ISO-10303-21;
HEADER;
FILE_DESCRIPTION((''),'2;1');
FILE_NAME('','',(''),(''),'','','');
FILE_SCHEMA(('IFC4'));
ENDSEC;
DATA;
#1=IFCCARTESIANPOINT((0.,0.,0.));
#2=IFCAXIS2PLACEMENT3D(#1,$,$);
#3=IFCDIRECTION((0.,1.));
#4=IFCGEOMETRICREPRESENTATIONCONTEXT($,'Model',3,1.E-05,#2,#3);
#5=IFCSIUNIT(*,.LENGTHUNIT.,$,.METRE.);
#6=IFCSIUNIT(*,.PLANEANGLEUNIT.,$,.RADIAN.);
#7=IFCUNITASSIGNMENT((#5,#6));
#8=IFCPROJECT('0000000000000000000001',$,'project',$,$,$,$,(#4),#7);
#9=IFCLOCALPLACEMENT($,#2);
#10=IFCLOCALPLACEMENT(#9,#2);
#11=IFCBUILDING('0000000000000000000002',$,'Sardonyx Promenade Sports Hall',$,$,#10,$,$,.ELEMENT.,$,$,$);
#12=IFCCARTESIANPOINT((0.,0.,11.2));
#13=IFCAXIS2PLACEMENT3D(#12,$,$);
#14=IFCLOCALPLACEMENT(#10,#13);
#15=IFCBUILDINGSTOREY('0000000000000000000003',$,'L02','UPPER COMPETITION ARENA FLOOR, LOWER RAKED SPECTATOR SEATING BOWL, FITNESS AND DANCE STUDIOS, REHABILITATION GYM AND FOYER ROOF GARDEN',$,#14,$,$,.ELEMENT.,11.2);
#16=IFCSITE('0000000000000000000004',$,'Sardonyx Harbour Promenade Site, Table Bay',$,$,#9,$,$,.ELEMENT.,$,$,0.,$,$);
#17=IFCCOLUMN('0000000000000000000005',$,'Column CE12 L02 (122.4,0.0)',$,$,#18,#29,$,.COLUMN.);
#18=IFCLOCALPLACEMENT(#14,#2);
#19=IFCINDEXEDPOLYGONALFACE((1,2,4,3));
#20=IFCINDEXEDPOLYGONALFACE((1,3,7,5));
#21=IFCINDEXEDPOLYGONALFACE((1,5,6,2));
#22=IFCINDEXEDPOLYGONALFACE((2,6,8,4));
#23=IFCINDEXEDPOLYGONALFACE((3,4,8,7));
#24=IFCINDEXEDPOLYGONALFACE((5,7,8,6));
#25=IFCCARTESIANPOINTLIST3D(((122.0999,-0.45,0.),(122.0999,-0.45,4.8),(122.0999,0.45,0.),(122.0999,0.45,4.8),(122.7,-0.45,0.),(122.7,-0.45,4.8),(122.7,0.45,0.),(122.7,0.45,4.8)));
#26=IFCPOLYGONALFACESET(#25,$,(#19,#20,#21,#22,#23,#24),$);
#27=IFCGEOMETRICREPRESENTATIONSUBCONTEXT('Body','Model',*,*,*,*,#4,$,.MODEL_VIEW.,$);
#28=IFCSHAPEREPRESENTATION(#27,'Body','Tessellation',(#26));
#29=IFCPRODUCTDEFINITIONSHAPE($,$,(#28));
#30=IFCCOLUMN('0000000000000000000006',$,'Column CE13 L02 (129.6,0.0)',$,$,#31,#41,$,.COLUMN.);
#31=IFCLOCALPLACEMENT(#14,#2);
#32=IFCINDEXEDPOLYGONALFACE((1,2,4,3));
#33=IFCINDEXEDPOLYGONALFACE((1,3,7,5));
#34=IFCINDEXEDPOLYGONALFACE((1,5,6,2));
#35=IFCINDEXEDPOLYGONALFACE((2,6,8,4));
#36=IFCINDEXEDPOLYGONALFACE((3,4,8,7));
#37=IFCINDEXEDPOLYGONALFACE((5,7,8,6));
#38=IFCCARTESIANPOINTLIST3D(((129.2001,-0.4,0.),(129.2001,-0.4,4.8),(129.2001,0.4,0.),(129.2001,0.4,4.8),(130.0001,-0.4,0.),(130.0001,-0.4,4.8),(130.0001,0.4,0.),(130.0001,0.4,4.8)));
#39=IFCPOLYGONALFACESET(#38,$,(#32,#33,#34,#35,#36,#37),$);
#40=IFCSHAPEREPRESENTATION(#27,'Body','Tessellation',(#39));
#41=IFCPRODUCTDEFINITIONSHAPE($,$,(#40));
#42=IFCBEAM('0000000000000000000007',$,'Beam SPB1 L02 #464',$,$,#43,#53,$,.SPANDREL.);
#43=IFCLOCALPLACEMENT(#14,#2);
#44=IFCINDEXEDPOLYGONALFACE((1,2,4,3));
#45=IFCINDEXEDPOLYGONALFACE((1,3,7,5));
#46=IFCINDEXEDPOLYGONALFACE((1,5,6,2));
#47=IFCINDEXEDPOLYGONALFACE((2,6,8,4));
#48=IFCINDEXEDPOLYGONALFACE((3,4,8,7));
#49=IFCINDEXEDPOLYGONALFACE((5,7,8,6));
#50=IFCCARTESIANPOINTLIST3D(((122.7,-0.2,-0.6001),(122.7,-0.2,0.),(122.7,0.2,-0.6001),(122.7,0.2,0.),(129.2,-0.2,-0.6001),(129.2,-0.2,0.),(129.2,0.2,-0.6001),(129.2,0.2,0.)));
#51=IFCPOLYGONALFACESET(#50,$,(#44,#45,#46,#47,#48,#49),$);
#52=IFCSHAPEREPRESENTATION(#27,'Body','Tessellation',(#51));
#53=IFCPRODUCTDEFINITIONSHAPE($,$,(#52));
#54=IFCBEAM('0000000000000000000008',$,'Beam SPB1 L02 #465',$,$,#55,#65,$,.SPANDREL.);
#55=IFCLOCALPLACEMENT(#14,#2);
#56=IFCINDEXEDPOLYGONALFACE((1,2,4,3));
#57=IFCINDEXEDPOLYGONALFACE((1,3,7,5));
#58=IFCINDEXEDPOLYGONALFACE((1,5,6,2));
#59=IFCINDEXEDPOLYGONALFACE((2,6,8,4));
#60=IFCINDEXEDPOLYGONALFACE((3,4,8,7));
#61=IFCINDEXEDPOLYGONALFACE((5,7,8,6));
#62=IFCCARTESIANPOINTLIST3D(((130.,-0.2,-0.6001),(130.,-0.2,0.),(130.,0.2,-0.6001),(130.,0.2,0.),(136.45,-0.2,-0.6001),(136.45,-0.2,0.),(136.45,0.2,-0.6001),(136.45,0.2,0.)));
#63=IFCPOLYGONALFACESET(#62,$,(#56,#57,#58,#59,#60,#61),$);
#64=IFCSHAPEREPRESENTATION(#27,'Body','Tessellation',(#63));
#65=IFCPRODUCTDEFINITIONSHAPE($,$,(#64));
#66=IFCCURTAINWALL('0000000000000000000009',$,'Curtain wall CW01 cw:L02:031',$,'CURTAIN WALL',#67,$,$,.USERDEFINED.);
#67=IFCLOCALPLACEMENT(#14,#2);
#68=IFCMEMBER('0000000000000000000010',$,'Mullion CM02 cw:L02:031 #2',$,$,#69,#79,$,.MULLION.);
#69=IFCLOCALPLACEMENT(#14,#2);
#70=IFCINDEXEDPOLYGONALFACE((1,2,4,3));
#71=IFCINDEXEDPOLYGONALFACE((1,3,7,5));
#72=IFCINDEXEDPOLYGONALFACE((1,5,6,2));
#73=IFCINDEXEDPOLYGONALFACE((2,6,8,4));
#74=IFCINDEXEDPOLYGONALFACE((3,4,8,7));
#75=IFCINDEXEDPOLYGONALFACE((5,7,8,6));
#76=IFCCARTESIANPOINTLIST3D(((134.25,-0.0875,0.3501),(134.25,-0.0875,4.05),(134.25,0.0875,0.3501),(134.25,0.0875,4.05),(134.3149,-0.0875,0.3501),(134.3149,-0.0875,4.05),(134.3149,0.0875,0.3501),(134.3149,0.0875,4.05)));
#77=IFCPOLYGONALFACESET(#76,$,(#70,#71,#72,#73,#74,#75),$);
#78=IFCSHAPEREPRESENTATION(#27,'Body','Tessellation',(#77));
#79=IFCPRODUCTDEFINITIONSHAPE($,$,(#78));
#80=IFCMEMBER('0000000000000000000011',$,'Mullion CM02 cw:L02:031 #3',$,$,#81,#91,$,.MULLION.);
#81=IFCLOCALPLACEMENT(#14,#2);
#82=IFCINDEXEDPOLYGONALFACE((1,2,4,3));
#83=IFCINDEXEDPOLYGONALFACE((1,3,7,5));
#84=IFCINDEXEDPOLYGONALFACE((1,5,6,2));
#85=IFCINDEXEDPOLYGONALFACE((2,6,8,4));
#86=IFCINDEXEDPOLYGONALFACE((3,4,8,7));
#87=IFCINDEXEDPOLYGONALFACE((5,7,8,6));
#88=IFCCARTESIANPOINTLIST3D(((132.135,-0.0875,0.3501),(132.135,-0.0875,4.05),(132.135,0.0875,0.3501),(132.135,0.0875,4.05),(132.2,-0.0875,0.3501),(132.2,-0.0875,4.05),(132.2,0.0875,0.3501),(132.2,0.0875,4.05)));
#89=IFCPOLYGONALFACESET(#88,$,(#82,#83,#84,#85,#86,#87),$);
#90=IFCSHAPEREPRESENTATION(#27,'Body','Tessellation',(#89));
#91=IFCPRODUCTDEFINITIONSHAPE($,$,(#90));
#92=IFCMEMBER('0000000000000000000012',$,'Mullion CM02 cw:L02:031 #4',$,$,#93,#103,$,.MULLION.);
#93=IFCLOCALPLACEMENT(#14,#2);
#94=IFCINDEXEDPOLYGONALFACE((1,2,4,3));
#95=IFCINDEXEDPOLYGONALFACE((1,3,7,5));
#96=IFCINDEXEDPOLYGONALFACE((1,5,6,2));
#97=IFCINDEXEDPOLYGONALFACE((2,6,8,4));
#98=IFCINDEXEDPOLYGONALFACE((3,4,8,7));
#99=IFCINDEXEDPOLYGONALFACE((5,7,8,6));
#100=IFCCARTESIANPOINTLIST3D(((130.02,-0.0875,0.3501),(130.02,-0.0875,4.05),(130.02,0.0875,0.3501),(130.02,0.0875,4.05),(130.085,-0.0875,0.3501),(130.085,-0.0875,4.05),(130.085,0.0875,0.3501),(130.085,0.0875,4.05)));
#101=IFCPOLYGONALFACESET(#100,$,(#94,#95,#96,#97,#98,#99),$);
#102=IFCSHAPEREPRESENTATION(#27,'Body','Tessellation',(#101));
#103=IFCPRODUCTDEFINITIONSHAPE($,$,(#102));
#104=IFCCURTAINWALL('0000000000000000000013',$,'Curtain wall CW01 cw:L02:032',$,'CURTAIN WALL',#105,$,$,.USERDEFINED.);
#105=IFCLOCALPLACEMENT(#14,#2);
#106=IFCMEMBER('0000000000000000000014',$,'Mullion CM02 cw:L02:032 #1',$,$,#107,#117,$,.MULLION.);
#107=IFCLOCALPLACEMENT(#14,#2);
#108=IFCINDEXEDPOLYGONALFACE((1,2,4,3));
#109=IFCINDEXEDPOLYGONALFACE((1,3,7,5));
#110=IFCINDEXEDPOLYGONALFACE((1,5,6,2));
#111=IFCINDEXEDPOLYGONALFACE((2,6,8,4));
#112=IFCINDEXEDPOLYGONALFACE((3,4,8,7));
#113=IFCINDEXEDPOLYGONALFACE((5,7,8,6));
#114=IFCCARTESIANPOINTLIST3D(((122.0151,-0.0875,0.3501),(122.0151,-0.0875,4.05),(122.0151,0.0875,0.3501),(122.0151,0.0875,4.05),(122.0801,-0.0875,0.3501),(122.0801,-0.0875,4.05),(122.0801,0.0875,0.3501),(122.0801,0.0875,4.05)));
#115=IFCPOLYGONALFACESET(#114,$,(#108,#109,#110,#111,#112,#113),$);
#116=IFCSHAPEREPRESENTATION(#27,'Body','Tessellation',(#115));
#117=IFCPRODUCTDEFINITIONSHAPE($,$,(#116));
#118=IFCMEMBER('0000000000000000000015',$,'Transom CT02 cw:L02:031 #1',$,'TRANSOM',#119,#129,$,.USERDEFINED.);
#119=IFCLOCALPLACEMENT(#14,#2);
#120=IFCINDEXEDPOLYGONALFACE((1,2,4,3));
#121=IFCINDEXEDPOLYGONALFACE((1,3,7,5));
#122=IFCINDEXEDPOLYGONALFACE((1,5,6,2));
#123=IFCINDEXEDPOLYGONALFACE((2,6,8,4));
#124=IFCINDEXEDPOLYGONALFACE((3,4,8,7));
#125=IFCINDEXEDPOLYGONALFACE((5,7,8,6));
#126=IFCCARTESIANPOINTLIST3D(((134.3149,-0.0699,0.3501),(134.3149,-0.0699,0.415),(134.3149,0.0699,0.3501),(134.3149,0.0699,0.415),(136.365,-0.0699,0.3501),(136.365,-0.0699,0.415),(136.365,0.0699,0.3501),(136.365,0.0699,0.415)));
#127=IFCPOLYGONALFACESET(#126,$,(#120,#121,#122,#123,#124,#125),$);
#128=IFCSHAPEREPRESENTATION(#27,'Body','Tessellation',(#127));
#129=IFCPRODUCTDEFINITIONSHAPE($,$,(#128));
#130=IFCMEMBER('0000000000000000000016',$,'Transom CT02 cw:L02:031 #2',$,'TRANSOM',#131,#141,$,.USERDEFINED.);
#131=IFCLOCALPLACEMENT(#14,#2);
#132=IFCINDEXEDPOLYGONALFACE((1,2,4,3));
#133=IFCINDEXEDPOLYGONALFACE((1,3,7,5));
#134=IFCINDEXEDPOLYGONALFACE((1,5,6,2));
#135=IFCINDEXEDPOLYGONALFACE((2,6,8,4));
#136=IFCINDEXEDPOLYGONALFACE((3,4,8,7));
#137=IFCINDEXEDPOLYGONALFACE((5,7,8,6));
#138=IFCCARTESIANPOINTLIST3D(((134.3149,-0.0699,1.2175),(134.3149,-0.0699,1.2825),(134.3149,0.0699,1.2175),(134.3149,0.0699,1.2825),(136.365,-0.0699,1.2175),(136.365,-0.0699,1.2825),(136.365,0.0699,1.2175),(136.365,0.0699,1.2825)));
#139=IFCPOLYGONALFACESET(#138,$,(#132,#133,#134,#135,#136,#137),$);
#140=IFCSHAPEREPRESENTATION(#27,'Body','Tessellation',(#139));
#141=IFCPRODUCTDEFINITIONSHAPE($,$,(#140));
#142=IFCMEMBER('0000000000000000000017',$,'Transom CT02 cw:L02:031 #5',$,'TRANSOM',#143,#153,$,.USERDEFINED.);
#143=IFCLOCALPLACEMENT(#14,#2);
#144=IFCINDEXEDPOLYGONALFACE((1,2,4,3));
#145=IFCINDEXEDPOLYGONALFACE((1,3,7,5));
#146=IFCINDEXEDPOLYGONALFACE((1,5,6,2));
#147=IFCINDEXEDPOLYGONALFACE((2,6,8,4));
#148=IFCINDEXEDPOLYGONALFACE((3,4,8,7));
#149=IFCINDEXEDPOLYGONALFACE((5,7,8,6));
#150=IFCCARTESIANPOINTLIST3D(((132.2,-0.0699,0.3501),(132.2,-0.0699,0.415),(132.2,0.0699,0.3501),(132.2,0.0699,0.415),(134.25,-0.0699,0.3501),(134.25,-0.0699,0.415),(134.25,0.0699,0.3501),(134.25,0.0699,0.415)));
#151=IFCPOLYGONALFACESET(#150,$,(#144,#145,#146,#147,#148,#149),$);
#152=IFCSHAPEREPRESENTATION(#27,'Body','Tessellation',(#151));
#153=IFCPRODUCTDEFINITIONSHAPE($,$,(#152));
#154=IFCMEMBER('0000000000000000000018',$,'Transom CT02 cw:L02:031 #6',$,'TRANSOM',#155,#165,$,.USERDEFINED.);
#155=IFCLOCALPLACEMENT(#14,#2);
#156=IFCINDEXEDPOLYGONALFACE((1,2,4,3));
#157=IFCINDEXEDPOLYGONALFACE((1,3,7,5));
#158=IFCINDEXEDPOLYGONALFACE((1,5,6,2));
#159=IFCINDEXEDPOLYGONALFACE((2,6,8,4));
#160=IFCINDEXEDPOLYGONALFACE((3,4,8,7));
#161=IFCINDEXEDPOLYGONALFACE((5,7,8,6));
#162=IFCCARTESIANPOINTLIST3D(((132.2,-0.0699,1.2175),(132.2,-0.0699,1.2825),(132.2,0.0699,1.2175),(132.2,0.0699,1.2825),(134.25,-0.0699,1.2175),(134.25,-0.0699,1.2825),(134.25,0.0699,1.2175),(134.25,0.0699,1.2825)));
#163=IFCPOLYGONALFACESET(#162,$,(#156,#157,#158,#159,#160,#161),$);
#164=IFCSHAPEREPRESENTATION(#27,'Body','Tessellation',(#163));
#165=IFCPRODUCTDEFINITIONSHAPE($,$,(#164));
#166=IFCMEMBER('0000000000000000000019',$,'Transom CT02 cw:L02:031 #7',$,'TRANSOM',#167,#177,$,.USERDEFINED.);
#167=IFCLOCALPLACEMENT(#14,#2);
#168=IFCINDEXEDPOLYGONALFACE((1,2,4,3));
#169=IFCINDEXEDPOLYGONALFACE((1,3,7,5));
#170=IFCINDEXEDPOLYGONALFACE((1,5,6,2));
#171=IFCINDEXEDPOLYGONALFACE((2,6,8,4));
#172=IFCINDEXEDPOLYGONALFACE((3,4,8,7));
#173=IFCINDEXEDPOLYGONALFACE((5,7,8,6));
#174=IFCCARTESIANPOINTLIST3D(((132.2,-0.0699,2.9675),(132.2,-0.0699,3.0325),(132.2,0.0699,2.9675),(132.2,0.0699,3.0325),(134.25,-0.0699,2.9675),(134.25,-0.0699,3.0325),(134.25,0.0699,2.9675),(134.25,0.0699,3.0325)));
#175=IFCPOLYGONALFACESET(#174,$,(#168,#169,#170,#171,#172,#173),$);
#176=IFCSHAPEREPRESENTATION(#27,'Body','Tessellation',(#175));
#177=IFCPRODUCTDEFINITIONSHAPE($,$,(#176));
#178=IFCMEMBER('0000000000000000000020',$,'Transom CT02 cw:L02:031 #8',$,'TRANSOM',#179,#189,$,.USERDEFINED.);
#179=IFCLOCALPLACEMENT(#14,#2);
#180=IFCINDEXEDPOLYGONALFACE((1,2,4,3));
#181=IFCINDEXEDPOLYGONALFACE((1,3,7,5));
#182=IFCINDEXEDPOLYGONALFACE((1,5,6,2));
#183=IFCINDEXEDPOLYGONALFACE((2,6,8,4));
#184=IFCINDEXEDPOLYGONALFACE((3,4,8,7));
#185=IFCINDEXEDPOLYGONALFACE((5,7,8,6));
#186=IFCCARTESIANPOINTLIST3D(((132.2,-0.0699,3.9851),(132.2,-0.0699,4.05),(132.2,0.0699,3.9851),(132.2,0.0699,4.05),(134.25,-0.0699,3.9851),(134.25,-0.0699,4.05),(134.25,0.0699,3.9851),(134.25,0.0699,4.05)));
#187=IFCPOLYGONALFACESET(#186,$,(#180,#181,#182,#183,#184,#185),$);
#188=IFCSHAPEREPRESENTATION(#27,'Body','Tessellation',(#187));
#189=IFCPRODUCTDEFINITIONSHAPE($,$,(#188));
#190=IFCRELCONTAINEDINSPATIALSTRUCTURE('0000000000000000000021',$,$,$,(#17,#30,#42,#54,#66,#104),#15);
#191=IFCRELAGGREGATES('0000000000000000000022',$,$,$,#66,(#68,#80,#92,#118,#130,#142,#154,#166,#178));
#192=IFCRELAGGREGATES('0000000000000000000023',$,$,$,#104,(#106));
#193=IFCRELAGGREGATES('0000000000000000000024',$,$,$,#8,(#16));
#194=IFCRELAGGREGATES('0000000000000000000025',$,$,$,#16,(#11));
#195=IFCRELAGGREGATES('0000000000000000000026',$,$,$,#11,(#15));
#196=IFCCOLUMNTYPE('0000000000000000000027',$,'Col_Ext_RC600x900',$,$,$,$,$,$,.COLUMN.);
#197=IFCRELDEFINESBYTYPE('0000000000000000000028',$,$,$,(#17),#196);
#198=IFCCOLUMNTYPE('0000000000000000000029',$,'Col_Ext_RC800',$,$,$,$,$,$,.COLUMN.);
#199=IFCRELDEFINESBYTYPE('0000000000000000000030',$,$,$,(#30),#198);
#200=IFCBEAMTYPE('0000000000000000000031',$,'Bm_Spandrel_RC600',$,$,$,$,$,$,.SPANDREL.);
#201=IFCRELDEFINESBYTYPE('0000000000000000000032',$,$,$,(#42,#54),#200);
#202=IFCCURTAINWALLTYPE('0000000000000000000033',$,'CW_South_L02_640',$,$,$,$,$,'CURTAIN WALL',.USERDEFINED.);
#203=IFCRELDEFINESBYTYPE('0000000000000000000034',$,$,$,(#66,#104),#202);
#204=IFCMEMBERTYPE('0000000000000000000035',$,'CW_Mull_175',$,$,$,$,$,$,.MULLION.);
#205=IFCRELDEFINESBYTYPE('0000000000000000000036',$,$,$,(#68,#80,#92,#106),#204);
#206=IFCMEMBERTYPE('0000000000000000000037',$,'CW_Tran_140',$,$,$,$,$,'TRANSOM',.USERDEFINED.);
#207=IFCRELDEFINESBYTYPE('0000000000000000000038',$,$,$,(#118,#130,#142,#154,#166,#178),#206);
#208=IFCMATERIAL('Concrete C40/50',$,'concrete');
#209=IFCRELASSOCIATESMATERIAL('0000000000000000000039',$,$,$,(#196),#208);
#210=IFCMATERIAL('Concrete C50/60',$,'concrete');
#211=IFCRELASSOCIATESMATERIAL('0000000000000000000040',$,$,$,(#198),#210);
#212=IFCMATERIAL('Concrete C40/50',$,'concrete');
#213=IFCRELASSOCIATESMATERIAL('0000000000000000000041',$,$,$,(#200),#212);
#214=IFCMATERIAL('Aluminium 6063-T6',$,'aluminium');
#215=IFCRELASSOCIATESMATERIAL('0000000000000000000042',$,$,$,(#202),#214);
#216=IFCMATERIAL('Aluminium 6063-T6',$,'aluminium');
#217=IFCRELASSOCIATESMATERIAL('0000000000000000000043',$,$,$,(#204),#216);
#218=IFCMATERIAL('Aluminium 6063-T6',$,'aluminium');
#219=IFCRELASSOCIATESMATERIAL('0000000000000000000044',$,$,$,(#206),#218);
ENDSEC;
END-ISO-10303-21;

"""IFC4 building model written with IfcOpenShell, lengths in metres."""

from ifc_helpers import new_model, si_unit, direction, frame, origin, origin_2d, place, context, subcontext, project, spatial, rectangle, extrude, material, material_profile, profile_set, type_object, element, aggregate, save


model = new_model("IFC4")

# Units and contexts
model_context = context("Model", 3, precision=1e-05, world=origin(), true_north=direction((0.0, 1.0)))
body_context = subcontext(model_context, "Body", "Model", "MODEL_VIEW")
ifc_project = project(units=[si_unit("LENGTHUNIT", "METRE"), si_unit("PLANEANGLEUNIT", "RADIAN")], contexts=[model_context])

# Site, building, storey
site_placement = place(None, origin())
site = spatial("IfcSite", under=ifc_project, at=site_placement, Name="Sardonyx Harbour Promenade Site, Table Bay", CompositionType="ELEMENT", RefElevation=0.0)
building_placement = place(site_placement, origin())
building = spatial("IfcBuilding", under=site, at=building_placement, Name="Sardonyx Promenade Sports Hall", CompositionType="ELEMENT")
storey_placement = place(building_placement, frame((0.0, 0.0, 11.2)))
storey = spatial("IfcBuildingStorey", under=building, at=storey_placement, Name="L02", Description="UPPER COMPETITION ARENA FLOOR, LOWER RAKED SPECTATOR SEATING BOWL, FITNESS AND DANCE STUDIOS, REHABILITATION GYM AND FOYER ROOF GARDEN", CompositionType="ELEMENT", Elevation=11.2)

# Columns
ifc_material_1 = material(Name="Concrete C40/50", Category="concrete")
ifc_material_profile_1 = material_profile(ifc_material_1, rectangle(XDim=0.6001, YDim=0.8999, at=origin_2d()))
ifc_profile_set_1 = profile_set([ifc_material_profile_1], Name="Concrete C40/50")
column_type_1 = type_object("IfcColumnType", Name="Col_Ext_RC600x900", PredefinedType="COLUMN", material=ifc_profile_set_1)
column_1_placement = place(storey_placement, frame((122.3999, 0.0, 0.0), z_axis=(0.0, 0.0, 1.0), x_axis=(1.0, 0.0, 0.0)))
element("IfcColumn", 1, at=column_1_placement, inside=storey, type_object=column_type_1, Name="Column CE12 L02 (122.4,0.0)", PredefinedType="COLUMN", context=body_context, shape_type="SweptSolid", body=[
    extrude(rectangle(XDim=0.6001, YDim=0.8999, at=origin_2d()), origin(), (0.0, 0.0, 1.0), 4.8),
])
ifc_material_2 = material(Name="Concrete C50/60", Category="concrete")
ifc_material_profile_2 = material_profile(ifc_material_2, rectangle(XDim=0.8, YDim=0.8, at=origin_2d()))
ifc_profile_set_2 = profile_set([ifc_material_profile_2], Name="Concrete C50/60")
column_type_2 = type_object("IfcColumnType", Name="Col_Ext_RC800", PredefinedType="COLUMN", material=ifc_profile_set_2)
column_2_placement = place(storey_placement, frame((129.6001, 0.0, 0.0), z_axis=(0.0, 0.0, 1.0), x_axis=(1.0, 0.0, 0.0)))
element("IfcColumn", 2, at=column_2_placement, inside=storey, type_object=column_type_2, Name="Column CE13 L02 (129.6,0.0)", PredefinedType="COLUMN", context=body_context, shape_type="SweptSolid", body=[
    extrude(rectangle(XDim=0.8, YDim=0.8, at=origin_2d()), origin(), (0.0, 0.0, 1.0), 4.8),
])

# Beams
ifc_material_3 = material(Name="Concrete C40/50", Category="concrete")
ifc_material_profile_3 = material_profile(ifc_material_3, rectangle(XDim=0.3999, YDim=0.6001, at=origin_2d()))
ifc_profile_set_3 = profile_set([ifc_material_profile_3], Name="Concrete C40/50")
beam_type = type_object("IfcBeamType", Name="Bm_Spandrel_RC600", PredefinedType="SPANDREL", material=ifc_profile_set_3)
beam_1_placement = place(storey_placement, frame((122.7, 0.0, -0.3), z_axis=(1.0, 0.0, 0.0), x_axis=(0.0, 1.0, 0.0)))
element("IfcBeam", 3, at=beam_1_placement, inside=storey, type_object=beam_type, Name="Beam SPB1 L02 #464", PredefinedType="SPANDREL", context=body_context, shape_type="SweptSolid", body=[
    extrude(rectangle(XDim=0.3999, YDim=0.6001, at=origin_2d()), origin(), (0.0, 0.0, 1.0), 6.5),
])
beam_2_placement = place(storey_placement, frame((130.0, 0.0, -0.3), z_axis=(1.0, 0.0, 0.0), x_axis=(0.0, 1.0, 0.0)))
element("IfcBeam", 4, at=beam_2_placement, inside=storey, type_object=beam_type, Name="Beam SPB1 L02 #465", PredefinedType="SPANDREL", context=body_context, shape_type="SweptSolid", body=[
    extrude(rectangle(XDim=0.3999, YDim=0.6001, at=origin_2d()), origin(), (0.0, 0.0, 1.0), 6.45),
])

# Curtain wall, members
ifc_material_4 = material(Name="Aluminium 6063-T6", Category="aluminium")
curtain_wall_type = type_object("IfcCurtainWallType", Name="CW_South_L02_640", ElementType="CURTAIN WALL", PredefinedType="USERDEFINED", material=ifc_material_4)
curtain_wall_1_placement = place(storey_placement, origin())
curtain_wall_1 = element("IfcCurtainWall", 5, at=curtain_wall_1_placement, inside=storey, type_object=curtain_wall_type, Name="Curtain wall CW01 cw:L02:031", ObjectType="CURTAIN WALL", PredefinedType="USERDEFINED")
ifc_material_5 = material(Name="Aluminium 6063-T6", Category="aluminium")
ifc_material_profile_4 = material_profile(ifc_material_5, rectangle(XDim=0.0649, YDim=0.175, at=origin_2d()))
ifc_profile_set_4 = profile_set([ifc_material_profile_4], Name="Aluminium 6063-T6")
member_type_1 = type_object("IfcMemberType", Name="CW_Mull_175", PredefinedType="MULLION", material=ifc_profile_set_4)
member_1_placement = place(storey_placement, frame((134.2825, 0.0, 0.3501), z_axis=(0.0, 0.0, 1.0), x_axis=(-1.0, 0.0, 0.0)))
member_1 = element("IfcMember", 6, at=member_1_placement, type_object=member_type_1, Name="Mullion CM02 cw:L02:031 #2", PredefinedType="MULLION", context=body_context, shape_type="SweptSolid", body=[
    extrude(rectangle(XDim=0.0649, YDim=0.175, at=origin_2d()), origin(), (0.0, 0.0, 1.0), 3.7),
])
member_2_placement = place(storey_placement, frame((132.1675, 0.0, 0.3501), z_axis=(0.0, 0.0, 1.0), x_axis=(-1.0, 0.0, 0.0)))
member_2 = element("IfcMember", 7, at=member_2_placement, type_object=member_type_1, Name="Mullion CM02 cw:L02:031 #3", PredefinedType="MULLION", context=body_context, shape_type="SweptSolid", body=[
    extrude(rectangle(XDim=0.0649, YDim=0.175, at=origin_2d()), origin(), (0.0, 0.0, 1.0), 3.7),
])
member_3_placement = place(storey_placement, frame((130.0525, 0.0, 0.3501), z_axis=(0.0, 0.0, 1.0), x_axis=(-1.0, 0.0, 0.0)))
member_3 = element("IfcMember", 8, at=member_3_placement, type_object=member_type_1, Name="Mullion CM02 cw:L02:031 #4", PredefinedType="MULLION", context=body_context, shape_type="SweptSolid", body=[
    extrude(rectangle(XDim=0.0649, YDim=0.175, at=origin_2d()), origin(), (0.0, 0.0, 1.0), 3.7),
])

# Curtain wall, member
curtain_wall_2_placement = place(storey_placement, origin())
curtain_wall_2 = element("IfcCurtainWall", 9, at=curtain_wall_2_placement, inside=storey, type_object=curtain_wall_type, Name="Curtain wall CW01 cw:L02:032", ObjectType="CURTAIN WALL", PredefinedType="USERDEFINED")
member_4_placement = place(storey_placement, frame((122.0476, 0.0, 0.3501), z_axis=(0.0, 0.0, 1.0), x_axis=(-1.0, 0.0, 0.0)))
member_4 = element("IfcMember", 10, at=member_4_placement, type_object=member_type_1, Name="Mullion CM02 cw:L02:032 #1", PredefinedType="MULLION", context=body_context, shape_type="SweptSolid", body=[
    extrude(rectangle(XDim=0.0649, YDim=0.175, at=origin_2d()), origin(), (0.0, 0.0, 1.0), 3.7),
])

# Members
ifc_material_6 = material(Name="Aluminium 6063-T6", Category="aluminium")
ifc_material_profile_5 = material_profile(ifc_material_6, rectangle(XDim=0.0649, YDim=0.1399, at=origin_2d()))
ifc_profile_set_5 = profile_set([ifc_material_profile_5], Name="Aluminium 6063-T6")
member_type_2 = type_object("IfcMemberType", Name="CW_Tran_140", ElementType="TRANSOM", PredefinedType="USERDEFINED", material=ifc_profile_set_5)
member_5_placement = place(storey_placement, frame((136.365, 0.0, 0.3826), z_axis=(-1.0, 0.0, 0.0), x_axis=(0.0, 0.0, 1.0)))
member_5 = element("IfcMember", 11, at=member_5_placement, type_object=member_type_2, Name="Transom CT02 cw:L02:031 #1", ObjectType="TRANSOM", PredefinedType="USERDEFINED", context=body_context, shape_type="SweptSolid", body=[
    extrude(rectangle(XDim=0.0649, YDim=0.1399, at=origin_2d()), origin(), (0.0, 0.0, 1.0), 2.05),
])
member_6_placement = place(storey_placement, frame((136.365, 0.0, 1.25), z_axis=(-1.0, 0.0, 0.0), x_axis=(0.0, 0.0, 1.0)))
member_6 = element("IfcMember", 12, at=member_6_placement, type_object=member_type_2, Name="Transom CT02 cw:L02:031 #2", ObjectType="TRANSOM", PredefinedType="USERDEFINED", context=body_context, shape_type="SweptSolid", body=[
    extrude(rectangle(XDim=0.0649, YDim=0.1399, at=origin_2d()), origin(), (0.0, 0.0, 1.0), 2.05),
])
member_7_placement = place(storey_placement, frame((134.25, 0.0, 0.3826), z_axis=(-1.0, 0.0, 0.0), x_axis=(0.0, 0.0, 1.0)))
member_7 = element("IfcMember", 13, at=member_7_placement, type_object=member_type_2, Name="Transom CT02 cw:L02:031 #5", ObjectType="TRANSOM", PredefinedType="USERDEFINED", context=body_context, shape_type="SweptSolid", body=[
    extrude(rectangle(XDim=0.0649, YDim=0.1399, at=origin_2d()), origin(), (0.0, 0.0, 1.0), 2.05),
])
member_8_placement = place(storey_placement, frame((134.25, 0.0, 1.25), z_axis=(-1.0, 0.0, 0.0), x_axis=(0.0, 0.0, 1.0)))
member_8 = element("IfcMember", 14, at=member_8_placement, type_object=member_type_2, Name="Transom CT02 cw:L02:031 #6", ObjectType="TRANSOM", PredefinedType="USERDEFINED", context=body_context, shape_type="SweptSolid", body=[
    extrude(rectangle(XDim=0.0649, YDim=0.1399, at=origin_2d()), origin(), (0.0, 0.0, 1.0), 2.05),
])
member_9_placement = place(storey_placement, frame((134.25, 0.0, 3.0), z_axis=(-1.0, 0.0, 0.0), x_axis=(0.0, 0.0, 1.0)))
member_9 = element("IfcMember", 15, at=member_9_placement, type_object=member_type_2, Name="Transom CT02 cw:L02:031 #7", ObjectType="TRANSOM", PredefinedType="USERDEFINED", context=body_context, shape_type="SweptSolid", body=[
    extrude(rectangle(XDim=0.0649, YDim=0.1399, at=origin_2d()), origin(), (0.0, 0.0, 1.0), 2.05),
])
member_10_placement = place(storey_placement, frame((134.25, 0.0, 4.0176), z_axis=(-1.0, 0.0, 0.0), x_axis=(0.0, 0.0, 1.0)))
member_10 = element("IfcMember", 16, at=member_10_placement, type_object=member_type_2, Name="Transom CT02 cw:L02:031 #8", ObjectType="TRANSOM", PredefinedType="USERDEFINED", context=body_context, shape_type="SweptSolid", body=[
    extrude(rectangle(XDim=0.0649, YDim=0.1399, at=origin_2d()), origin(), (0.0, 0.0, 1.0), 2.05),
])

aggregate(curtain_wall_1, [member_1, member_2, member_3, member_5, member_6, member_7, member_8, member_9, member_10])
aggregate(curtain_wall_2, [member_4])

save(model, "model.ifc")
